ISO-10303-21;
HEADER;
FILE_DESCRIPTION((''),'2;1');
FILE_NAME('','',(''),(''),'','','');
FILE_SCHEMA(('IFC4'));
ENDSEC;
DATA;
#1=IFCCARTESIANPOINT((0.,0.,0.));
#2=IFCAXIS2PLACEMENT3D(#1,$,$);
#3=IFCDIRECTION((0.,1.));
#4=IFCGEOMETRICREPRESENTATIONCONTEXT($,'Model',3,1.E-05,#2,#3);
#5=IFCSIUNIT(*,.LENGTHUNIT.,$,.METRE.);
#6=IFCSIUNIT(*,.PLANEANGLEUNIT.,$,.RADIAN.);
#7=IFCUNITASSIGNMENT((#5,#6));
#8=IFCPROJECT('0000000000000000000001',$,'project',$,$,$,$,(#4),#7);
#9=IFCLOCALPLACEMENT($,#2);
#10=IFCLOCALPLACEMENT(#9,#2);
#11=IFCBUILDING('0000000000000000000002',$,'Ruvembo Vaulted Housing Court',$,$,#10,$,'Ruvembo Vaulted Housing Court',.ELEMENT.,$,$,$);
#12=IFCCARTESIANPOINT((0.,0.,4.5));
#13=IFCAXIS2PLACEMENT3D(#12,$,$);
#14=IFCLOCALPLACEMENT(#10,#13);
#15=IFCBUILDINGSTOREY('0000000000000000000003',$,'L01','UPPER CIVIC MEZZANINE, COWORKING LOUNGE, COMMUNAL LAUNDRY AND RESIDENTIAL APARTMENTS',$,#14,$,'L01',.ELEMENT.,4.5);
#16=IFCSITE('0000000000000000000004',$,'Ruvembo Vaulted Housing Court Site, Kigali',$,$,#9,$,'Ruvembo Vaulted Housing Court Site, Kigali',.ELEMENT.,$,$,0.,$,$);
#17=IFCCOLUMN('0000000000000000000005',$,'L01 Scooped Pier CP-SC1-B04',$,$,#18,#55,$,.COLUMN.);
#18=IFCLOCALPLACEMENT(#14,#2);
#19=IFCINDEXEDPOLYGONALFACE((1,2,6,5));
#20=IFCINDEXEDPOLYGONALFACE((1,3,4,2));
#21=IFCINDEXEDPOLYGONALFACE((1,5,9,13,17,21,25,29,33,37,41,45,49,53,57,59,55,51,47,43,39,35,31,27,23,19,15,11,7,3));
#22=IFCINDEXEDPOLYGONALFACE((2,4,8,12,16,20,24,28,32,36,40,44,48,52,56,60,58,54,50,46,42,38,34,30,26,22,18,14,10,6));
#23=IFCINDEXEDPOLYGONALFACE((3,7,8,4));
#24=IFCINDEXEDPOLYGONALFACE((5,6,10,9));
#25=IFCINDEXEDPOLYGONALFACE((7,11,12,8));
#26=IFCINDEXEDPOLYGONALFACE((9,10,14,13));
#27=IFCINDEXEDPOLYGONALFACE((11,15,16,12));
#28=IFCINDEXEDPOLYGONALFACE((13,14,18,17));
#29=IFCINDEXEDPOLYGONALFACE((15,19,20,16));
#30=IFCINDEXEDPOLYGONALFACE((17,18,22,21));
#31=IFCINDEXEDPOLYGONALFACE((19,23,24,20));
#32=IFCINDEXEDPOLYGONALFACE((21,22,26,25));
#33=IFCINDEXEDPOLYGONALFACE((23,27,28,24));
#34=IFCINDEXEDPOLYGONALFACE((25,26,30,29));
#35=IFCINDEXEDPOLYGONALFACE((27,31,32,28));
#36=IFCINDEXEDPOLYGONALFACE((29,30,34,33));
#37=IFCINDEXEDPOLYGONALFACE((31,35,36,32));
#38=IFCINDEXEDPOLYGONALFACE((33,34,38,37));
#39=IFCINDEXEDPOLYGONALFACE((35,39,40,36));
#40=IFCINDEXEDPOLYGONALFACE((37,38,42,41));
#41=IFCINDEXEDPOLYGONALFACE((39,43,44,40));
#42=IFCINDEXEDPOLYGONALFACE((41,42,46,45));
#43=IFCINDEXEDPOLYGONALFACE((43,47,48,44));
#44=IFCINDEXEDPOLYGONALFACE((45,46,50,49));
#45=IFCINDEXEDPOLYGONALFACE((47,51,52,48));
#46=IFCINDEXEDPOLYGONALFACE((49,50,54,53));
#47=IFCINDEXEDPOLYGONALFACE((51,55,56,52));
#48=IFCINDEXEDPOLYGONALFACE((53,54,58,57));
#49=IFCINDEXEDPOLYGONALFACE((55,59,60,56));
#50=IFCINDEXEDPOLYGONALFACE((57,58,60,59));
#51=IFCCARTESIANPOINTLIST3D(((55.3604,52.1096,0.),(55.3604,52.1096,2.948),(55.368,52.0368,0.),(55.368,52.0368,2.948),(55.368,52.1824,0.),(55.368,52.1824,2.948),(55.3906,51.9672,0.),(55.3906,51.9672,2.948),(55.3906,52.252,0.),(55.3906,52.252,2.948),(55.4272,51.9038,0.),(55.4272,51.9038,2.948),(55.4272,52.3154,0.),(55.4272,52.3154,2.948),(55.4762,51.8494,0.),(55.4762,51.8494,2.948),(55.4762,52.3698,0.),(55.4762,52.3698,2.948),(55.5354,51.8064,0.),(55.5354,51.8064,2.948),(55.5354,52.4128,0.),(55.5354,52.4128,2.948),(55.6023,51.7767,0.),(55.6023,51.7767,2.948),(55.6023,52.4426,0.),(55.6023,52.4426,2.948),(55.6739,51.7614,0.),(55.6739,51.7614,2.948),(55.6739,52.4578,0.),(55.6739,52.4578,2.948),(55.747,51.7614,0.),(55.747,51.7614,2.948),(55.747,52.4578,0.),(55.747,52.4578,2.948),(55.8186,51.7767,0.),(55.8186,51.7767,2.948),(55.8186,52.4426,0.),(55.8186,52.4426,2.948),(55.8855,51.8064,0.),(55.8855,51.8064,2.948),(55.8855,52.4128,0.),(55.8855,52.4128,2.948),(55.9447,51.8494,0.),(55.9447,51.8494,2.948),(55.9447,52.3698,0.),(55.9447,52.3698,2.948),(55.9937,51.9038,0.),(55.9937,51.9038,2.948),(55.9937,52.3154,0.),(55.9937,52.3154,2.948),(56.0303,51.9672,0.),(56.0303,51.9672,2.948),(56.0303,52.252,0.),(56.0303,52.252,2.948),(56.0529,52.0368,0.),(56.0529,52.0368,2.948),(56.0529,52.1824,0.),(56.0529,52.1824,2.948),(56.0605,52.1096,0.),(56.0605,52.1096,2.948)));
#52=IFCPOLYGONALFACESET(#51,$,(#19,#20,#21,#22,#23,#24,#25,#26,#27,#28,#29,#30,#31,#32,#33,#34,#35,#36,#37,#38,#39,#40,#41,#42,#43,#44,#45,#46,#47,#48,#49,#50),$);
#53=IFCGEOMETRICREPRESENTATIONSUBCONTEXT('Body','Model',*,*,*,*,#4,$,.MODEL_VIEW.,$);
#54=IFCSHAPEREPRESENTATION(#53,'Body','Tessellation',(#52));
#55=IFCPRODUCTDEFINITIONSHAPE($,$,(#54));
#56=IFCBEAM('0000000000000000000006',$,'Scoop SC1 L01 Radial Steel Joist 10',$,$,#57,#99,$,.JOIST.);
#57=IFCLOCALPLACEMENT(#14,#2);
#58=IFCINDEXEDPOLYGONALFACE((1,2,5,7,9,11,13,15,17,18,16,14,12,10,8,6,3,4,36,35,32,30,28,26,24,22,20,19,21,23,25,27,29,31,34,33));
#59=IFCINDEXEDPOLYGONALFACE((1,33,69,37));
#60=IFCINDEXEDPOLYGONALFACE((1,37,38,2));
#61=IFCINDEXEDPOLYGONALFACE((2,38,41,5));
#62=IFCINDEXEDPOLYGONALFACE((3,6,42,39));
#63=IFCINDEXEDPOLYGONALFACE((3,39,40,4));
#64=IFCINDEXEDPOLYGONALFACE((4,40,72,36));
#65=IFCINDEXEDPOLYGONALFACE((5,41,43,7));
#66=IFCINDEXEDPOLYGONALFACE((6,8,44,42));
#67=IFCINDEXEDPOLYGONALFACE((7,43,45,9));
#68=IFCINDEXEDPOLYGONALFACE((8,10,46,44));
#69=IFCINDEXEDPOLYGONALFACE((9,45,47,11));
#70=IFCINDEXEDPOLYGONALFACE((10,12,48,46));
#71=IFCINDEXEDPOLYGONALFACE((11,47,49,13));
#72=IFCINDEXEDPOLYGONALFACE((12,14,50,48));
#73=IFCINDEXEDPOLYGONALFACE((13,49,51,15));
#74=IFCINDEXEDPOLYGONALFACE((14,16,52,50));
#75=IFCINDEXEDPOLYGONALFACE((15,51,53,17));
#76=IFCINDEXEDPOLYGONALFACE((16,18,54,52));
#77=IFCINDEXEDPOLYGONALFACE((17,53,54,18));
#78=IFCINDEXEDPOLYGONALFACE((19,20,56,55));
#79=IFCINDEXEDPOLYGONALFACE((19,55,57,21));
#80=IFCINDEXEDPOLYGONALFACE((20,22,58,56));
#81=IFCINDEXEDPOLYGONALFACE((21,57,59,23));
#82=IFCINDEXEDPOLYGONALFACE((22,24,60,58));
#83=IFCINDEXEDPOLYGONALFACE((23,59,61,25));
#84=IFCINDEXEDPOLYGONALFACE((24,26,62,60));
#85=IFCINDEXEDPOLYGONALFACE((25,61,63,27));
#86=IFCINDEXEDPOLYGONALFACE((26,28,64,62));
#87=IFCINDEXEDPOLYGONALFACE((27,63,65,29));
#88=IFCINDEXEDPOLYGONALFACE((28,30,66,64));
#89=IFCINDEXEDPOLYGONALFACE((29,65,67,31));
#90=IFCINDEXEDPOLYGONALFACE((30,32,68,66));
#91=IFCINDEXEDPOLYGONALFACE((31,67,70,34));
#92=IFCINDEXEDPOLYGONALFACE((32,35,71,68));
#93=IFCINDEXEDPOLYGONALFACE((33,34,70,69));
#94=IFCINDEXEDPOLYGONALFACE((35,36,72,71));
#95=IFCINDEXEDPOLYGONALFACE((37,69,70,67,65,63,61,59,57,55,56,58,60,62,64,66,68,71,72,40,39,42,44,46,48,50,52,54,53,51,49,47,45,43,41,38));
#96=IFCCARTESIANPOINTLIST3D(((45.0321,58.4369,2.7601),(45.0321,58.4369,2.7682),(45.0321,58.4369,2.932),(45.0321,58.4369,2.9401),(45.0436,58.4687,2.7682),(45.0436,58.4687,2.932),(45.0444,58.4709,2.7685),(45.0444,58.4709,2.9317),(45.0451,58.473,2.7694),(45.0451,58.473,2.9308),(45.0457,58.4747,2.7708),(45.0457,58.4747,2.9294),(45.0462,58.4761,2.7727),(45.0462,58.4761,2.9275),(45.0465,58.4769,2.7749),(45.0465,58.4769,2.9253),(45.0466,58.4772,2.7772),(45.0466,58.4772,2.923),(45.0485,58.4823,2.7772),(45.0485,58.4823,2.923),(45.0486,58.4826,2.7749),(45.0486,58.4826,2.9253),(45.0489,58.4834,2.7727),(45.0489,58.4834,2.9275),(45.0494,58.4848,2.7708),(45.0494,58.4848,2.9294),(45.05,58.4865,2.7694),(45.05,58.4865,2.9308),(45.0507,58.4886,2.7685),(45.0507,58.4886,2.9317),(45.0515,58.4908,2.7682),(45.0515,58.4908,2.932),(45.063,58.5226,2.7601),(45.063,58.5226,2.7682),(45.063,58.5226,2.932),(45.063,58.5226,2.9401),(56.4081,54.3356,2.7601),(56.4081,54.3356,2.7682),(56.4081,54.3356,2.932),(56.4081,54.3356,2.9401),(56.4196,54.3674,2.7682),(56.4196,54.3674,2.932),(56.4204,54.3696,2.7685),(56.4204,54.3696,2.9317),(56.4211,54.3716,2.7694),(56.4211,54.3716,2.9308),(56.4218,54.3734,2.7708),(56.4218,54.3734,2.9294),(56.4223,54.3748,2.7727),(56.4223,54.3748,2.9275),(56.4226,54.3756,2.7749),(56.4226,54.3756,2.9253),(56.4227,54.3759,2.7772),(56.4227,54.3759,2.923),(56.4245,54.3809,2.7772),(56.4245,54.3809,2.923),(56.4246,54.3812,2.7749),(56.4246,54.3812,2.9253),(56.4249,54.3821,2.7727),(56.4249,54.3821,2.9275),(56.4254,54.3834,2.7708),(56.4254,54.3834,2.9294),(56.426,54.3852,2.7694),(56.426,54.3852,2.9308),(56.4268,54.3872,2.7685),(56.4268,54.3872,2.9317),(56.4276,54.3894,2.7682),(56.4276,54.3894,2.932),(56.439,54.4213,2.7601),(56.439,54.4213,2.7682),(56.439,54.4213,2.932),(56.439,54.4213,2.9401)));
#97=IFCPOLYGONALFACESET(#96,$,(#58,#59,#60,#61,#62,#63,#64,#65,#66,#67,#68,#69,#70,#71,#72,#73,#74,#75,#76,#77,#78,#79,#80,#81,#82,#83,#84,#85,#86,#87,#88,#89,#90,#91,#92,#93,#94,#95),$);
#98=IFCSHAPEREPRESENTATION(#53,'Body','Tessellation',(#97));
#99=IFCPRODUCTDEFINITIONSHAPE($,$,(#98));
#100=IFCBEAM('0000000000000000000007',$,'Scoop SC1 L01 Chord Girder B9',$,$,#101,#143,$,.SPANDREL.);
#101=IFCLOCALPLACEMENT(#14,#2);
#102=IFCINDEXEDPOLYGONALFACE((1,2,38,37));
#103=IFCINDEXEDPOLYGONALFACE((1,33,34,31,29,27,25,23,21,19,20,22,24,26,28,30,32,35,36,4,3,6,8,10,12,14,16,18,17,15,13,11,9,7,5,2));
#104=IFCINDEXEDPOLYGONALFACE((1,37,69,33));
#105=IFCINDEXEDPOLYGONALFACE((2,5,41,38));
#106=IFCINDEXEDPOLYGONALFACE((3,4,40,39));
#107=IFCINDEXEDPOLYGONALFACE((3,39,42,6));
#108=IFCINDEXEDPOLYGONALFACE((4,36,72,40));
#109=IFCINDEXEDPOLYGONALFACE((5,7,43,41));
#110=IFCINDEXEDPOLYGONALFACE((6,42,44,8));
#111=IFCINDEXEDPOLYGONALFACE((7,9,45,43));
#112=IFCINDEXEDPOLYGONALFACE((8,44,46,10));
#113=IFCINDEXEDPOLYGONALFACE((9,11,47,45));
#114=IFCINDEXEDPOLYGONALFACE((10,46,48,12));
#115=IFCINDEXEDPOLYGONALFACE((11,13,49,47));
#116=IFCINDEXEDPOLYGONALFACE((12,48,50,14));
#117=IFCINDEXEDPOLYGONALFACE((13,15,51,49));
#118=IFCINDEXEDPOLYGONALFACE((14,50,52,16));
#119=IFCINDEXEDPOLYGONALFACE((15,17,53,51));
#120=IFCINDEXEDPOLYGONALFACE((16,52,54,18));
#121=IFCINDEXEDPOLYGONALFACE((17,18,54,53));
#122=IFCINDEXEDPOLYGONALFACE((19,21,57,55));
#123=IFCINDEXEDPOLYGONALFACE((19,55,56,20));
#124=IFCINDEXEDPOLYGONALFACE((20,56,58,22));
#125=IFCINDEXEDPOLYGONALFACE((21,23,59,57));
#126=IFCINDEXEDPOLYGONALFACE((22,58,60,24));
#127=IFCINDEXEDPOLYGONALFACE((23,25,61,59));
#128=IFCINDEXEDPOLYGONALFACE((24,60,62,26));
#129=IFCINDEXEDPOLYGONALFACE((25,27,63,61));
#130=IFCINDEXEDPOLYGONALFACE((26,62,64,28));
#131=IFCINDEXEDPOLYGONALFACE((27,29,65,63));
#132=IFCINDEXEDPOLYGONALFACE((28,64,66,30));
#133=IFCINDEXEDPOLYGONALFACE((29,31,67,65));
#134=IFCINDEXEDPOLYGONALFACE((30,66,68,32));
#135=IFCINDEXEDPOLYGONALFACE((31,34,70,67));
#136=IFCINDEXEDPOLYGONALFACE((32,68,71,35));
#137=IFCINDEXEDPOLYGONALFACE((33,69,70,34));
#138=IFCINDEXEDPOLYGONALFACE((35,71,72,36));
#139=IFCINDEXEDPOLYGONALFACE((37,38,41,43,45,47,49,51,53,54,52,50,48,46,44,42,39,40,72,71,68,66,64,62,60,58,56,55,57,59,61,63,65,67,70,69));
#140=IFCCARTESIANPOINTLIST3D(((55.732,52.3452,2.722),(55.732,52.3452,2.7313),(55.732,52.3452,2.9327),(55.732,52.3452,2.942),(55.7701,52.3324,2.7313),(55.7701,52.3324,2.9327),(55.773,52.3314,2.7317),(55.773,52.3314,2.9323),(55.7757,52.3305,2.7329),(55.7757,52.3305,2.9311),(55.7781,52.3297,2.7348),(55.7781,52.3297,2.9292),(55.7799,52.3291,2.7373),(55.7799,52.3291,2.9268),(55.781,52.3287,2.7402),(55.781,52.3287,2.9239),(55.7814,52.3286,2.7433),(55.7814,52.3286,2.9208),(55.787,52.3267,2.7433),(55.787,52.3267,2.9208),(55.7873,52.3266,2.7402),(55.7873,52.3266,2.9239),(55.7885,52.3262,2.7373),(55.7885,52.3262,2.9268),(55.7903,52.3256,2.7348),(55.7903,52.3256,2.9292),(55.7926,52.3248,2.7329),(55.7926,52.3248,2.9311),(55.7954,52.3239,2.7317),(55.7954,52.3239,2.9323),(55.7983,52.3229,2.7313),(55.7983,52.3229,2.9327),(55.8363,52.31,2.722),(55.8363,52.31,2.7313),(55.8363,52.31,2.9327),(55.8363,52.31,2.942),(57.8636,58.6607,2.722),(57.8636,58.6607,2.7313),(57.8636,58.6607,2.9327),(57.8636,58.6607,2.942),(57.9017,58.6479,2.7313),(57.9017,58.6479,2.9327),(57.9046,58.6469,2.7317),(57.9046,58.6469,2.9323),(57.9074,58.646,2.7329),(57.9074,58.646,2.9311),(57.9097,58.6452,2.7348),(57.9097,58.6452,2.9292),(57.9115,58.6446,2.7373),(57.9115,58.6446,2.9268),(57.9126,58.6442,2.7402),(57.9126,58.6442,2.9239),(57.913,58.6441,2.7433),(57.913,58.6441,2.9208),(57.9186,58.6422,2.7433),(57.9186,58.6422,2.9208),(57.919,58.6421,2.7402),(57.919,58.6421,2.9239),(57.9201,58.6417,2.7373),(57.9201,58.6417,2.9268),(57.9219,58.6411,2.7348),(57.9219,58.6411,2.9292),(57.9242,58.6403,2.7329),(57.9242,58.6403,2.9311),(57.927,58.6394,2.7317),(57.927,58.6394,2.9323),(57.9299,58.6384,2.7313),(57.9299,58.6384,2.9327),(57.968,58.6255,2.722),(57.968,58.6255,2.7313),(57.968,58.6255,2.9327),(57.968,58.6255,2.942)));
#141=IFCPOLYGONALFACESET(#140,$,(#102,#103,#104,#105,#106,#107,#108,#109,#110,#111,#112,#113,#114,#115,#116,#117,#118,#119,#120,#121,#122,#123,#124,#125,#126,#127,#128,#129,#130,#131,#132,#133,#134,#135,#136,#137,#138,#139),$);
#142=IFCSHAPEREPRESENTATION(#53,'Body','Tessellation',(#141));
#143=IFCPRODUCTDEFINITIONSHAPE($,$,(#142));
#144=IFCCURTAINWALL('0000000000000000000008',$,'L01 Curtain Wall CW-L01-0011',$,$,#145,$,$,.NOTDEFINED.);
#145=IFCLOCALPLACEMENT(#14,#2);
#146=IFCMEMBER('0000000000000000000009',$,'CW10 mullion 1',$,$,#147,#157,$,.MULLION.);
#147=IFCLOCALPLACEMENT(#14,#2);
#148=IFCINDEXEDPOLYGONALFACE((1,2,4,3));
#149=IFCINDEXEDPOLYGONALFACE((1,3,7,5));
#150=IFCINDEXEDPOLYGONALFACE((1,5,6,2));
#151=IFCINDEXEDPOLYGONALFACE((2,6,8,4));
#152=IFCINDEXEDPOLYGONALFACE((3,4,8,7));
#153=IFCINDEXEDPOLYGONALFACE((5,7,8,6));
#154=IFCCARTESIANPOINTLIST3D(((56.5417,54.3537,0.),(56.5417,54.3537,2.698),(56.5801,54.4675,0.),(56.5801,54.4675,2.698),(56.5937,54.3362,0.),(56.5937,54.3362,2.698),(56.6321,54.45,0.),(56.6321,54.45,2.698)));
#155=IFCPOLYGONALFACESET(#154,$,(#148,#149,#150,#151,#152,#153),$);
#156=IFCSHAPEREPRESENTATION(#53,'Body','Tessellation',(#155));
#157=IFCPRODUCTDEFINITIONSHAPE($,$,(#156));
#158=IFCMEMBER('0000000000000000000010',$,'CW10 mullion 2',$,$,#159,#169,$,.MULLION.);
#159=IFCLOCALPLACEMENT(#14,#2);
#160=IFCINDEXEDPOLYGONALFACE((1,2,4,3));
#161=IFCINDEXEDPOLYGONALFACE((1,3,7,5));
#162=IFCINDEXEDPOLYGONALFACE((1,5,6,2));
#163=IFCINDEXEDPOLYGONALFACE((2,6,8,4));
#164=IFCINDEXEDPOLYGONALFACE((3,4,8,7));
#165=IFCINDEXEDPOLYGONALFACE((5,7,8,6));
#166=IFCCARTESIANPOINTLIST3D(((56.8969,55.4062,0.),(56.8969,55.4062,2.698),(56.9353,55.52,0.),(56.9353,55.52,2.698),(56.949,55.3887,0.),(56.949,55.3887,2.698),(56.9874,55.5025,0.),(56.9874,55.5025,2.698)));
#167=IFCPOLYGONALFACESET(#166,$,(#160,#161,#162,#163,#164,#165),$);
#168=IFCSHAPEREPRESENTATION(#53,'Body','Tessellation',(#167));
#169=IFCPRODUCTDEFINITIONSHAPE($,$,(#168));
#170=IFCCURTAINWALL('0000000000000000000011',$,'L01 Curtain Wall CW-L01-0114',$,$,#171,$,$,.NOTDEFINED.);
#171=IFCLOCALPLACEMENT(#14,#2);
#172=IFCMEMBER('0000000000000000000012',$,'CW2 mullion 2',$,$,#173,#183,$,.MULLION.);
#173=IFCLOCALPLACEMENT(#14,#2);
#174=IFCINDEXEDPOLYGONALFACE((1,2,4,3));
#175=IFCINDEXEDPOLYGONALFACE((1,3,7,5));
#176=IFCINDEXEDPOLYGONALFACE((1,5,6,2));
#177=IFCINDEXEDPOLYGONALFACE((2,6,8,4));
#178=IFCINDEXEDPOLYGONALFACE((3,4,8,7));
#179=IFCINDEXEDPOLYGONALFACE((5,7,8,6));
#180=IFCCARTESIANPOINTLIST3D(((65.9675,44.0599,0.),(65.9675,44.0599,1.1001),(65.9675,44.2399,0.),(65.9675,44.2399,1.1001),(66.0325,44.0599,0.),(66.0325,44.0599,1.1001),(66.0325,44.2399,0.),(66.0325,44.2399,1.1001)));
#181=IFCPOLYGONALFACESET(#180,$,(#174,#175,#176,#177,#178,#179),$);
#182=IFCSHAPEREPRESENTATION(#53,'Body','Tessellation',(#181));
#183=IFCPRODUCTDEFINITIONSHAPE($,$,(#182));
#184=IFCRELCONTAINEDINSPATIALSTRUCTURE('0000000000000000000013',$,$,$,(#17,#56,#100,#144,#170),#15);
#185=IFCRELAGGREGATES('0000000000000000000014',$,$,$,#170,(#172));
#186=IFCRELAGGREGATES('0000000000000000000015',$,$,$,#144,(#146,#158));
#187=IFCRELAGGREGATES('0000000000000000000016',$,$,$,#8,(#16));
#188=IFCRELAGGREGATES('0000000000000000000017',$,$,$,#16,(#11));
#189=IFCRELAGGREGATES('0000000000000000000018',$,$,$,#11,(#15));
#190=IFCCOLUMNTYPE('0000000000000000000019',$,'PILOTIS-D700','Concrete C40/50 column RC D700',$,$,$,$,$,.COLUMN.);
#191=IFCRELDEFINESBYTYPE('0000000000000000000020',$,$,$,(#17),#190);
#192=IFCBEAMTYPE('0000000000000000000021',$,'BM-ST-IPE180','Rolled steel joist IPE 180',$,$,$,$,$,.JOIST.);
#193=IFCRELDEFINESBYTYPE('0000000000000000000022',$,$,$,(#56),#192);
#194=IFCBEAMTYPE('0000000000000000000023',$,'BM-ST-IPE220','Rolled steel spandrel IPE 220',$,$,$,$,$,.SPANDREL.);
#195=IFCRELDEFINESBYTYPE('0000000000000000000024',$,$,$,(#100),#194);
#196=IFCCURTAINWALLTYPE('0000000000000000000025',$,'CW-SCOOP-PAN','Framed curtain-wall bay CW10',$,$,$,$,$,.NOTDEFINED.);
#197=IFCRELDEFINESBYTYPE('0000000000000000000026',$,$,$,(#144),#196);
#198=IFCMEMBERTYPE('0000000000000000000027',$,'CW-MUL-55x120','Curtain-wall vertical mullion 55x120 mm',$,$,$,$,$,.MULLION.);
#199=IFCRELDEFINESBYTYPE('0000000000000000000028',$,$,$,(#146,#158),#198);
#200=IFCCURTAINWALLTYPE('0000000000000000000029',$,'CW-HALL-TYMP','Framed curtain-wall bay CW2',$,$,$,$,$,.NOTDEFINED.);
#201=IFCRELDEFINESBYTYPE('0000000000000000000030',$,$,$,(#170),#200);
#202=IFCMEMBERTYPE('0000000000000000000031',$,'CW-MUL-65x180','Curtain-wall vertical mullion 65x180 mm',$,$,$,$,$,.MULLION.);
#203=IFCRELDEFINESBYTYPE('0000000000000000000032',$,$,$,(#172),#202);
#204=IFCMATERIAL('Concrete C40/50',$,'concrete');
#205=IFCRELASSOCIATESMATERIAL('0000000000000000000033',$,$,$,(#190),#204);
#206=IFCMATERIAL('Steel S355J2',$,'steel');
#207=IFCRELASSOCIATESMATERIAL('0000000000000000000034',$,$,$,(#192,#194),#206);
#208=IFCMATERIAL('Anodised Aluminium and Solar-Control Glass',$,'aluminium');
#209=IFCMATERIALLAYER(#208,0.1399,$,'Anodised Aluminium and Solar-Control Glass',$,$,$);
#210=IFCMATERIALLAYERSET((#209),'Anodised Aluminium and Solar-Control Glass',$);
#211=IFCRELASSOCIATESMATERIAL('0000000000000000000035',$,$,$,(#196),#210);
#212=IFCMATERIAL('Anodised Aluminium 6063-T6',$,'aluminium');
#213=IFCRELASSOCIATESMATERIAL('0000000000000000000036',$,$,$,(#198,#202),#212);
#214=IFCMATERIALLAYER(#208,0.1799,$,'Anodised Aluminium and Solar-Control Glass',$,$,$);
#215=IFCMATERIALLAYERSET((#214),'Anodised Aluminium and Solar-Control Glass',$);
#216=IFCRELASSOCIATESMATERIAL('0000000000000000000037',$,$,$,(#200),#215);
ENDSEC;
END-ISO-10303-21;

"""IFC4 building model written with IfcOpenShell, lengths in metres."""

from ifc_helpers import new_model, si_unit, direction, frame, origin, origin_2d, place, context, subcontext, project, spatial, rectangle, circle, i_section, extrude, material, layer, layer_set, material_profile, profile_set, type_object, element, aggregate, save


model = new_model("IFC4")

# Units and contexts
model_context = context("Model", 3, precision=1e-05, world=origin(), true_north=direction((0.0, 1.0)))
body_context = subcontext(model_context, "Body", "Model", "MODEL_VIEW")
ifc_project = project(units=[si_unit("LENGTHUNIT", "METRE"), si_unit("PLANEANGLEUNIT", "RADIAN")], contexts=[model_context])

# Site, building, storey
site_placement = place(None, origin())
site = spatial("IfcSite", under=ifc_project, at=site_placement, Name="Ruvembo Vaulted Housing Court Site, Kigali", LongName="Ruvembo Vaulted Housing Court Site, Kigali", CompositionType="ELEMENT", RefElevation=0.0)
building_placement = place(site_placement, origin())
building = spatial("IfcBuilding", under=site, at=building_placement, Name="Ruvembo Vaulted Housing Court", LongName="Ruvembo Vaulted Housing Court", CompositionType="ELEMENT")
storey_placement = place(building_placement, frame((0.0, 0.0, 4.5)))
storey = spatial("IfcBuildingStorey", under=building, at=storey_placement, Name="L01", Description="UPPER CIVIC MEZZANINE, COWORKING LOUNGE, COMMUNAL LAUNDRY AND RESIDENTIAL APARTMENTS", LongName="L01", CompositionType="ELEMENT", Elevation=4.5)

# Column
ifc_material_1 = material(Name="Concrete C40/50", Category="concrete")
ifc_material_profile_1 = material_profile(ifc_material_1, circle(Radius=0.3501, at=origin_2d()), Name="RC D700")
ifc_profile_set_1 = profile_set([ifc_material_profile_1], Name="Concrete C40/50")
column_type = type_object("IfcColumnType", Name="PILOTIS-D700", Description="Concrete C40/50 column RC D700", PredefinedType="COLUMN", material=ifc_profile_set_1)
column_placement = place(storey_placement, frame((55.7104, 52.1096, 0.0), z_axis=(0.0, 0.0, 1.0), x_axis=(1.0, 0.0, 0.0)))
element("IfcColumn", 1, at=column_placement, inside=storey, type_object=column_type, Name="L01 Scooped Pier CP-SC1-B04", PredefinedType="COLUMN", context=body_context, shape_type="SweptSolid", body=[
    extrude(circle(Radius=0.3501, at=origin_2d()), origin(), (0.0, 0.0, 1.0), 2.948),
])

# Beams
ifc_material_2 = material(Name="Steel S355J2", Category="steel")
ifc_material_profile_2 = material_profile(ifc_material_2, i_section(OverallWidth=0.0911, OverallDepth=0.1799, WebThickness=0.0054, FlangeThickness=0.0081, FilletRadius=0.009, at=origin_2d()), Name="IPE 180")
ifc_profile_set_2 = profile_set([ifc_material_profile_2], Name="Steel S355J2")
beam_type_1 = type_object("IfcBeamType", Name="BM-ST-IPE180", Description="Rolled steel joist IPE 180", PredefinedType="JOIST", material=ifc_profile_set_2)
beam_1_placement = place(storey_placement, frame((56.4236, 54.3784, 2.8501), z_axis=(-0.94073, 0.339156, 0.0), x_axis=(-0.339156, -0.94073, 0.0)))
element("IfcBeam", 2, at=beam_1_placement, inside=storey, type_object=beam_type_1, Name="Scoop SC1 L01 Radial Steel Joist 10", PredefinedType="JOIST", context=body_context, shape_type="SweptSolid", body=[
    extrude(i_section(OverallWidth=0.0911, OverallDepth=0.1799, WebThickness=0.0054, FlangeThickness=0.0081, FilletRadius=0.009, at=origin_2d()), origin(), (0.0, 0.0, 1.0), 12.0928),
])
ifc_material_profile_3 = material_profile(ifc_material_2, i_section(OverallWidth=0.1101, OverallDepth=0.22, WebThickness=0.0059, FlangeThickness=0.0093, FilletRadius=0.012, at=origin_2d()), Name="IPE 220")
ifc_profile_set_3 = profile_set([ifc_material_profile_3], Name="Steel S355J2")
beam_type_2 = type_object("IfcBeamType", Name="BM-ST-IPE220", Description="Rolled steel spandrel IPE 220", PredefinedType="SPANDREL", material=ifc_profile_set_3)
beam_2_placement = place(storey_placement, frame((55.7842, 52.3276, 2.832), z_axis=(0.319797, 0.947486, 0.0), x_axis=(-0.947486, 0.319797, 0.0)))
element("IfcBeam", 3, at=beam_2_placement, inside=storey, type_object=beam_type_2, Name="Scoop SC1 L01 Chord Girder B9", PredefinedType="SPANDREL", context=body_context, shape_type="SweptSolid", body=[
    extrude(i_section(OverallWidth=0.1101, OverallDepth=0.22, WebThickness=0.0059, FlangeThickness=0.0093, FilletRadius=0.012, at=origin_2d()), origin(), (0.0, 0.0, 1.0), 6.6655),
])

# Curtain walls, members
ifc_material_3 = material(Name="Anodised Aluminium and Solar-Control Glass", Category="aluminium")
ifc_layer_1 = layer(ifc_material_3, 0.1399, Name="Anodised Aluminium and Solar-Control Glass")
ifc_layer_set_1 = layer_set([ifc_layer_1], Name="Anodised Aluminium and Solar-Control Glass")
curtain_wall_type_1 = type_object("IfcCurtainWallType", Name="CW-SCOOP-PAN", Description="Framed curtain-wall bay CW10", PredefinedType="NOTDEFINED", material=ifc_layer_set_1)
curtain_wall_1_placement = place(storey_placement, origin())
curtain_wall_1 = element("IfcCurtainWall", 4, at=curtain_wall_1_placement, inside=storey, type_object=curtain_wall_type_1, Name="L01 Curtain Wall CW-L01-0011", PredefinedType="NOTDEFINED")
ifc_material_4 = material(Name="Anodised Aluminium 6063-T6", Category="aluminium")
ifc_material_profile_4 = material_profile(ifc_material_4, rectangle(XDim=0.0549, YDim=0.1201, at=origin_2d()), Name="ALU 55x120")
ifc_profile_set_4 = profile_set([ifc_material_profile_4], Name="Anodised Aluminium 6063-T6")
member_type_1 = type_object("IfcMemberType", Name="CW-MUL-55x120", Description="Curtain-wall vertical mullion 55x120 mm", PredefinedType="MULLION", material=ifc_profile_set_4)
member_1_placement = place(storey_placement, frame((56.5869, 54.4019, 0.0), z_axis=(0.0, 0.0, 1.0), x_axis=(-0.947473, 0.319836, 0.0)))
member_1 = element("IfcMember", 5, at=member_1_placement, type_object=member_type_1, Name="CW10 mullion 1", PredefinedType="MULLION", context=body_context, shape_type="SweptSolid", body=[
    extrude(rectangle(XDim=0.0549, YDim=0.1201, at=origin_2d()), origin(), (0.0, 0.0, 1.0), 2.698),
])
member_2_placement = place(storey_placement, frame((56.9421, 55.4543, 0.0), z_axis=(0.0, 0.0, 1.0), x_axis=(-0.947473, 0.319836, 0.0)))
member_2 = element("IfcMember", 6, at=member_2_placement, type_object=member_type_1, Name="CW10 mullion 2", PredefinedType="MULLION", context=body_context, shape_type="SweptSolid", body=[
    extrude(rectangle(XDim=0.0549, YDim=0.1201, at=origin_2d()), origin(), (0.0, 0.0, 1.0), 2.698),
])
ifc_layer_2 = layer(ifc_material_3, 0.1799, Name="Anodised Aluminium and Solar-Control Glass")
ifc_layer_set_2 = layer_set([ifc_layer_2], Name="Anodised Aluminium and Solar-Control Glass")
curtain_wall_type_2 = type_object("IfcCurtainWallType", Name="CW-HALL-TYMP", Description="Framed curtain-wall bay CW2", PredefinedType="NOTDEFINED", material=ifc_layer_set_2)
curtain_wall_2_placement = place(storey_placement, origin())
curtain_wall_2 = element("IfcCurtainWall", 7, at=curtain_wall_2_placement, inside=storey, type_object=curtain_wall_type_2, Name="L01 Curtain Wall CW-L01-0114", PredefinedType="NOTDEFINED")
ifc_material_profile_5 = material_profile(ifc_material_4, rectangle(XDim=0.0649, YDim=0.1799, at=origin_2d()), Name="ALU 65x180")
ifc_profile_set_5 = profile_set([ifc_material_profile_5], Name="Anodised Aluminium 6063-T6")
member_type_2 = type_object("IfcMemberType", Name="CW-MUL-65x180", Description="Curtain-wall vertical mullion 65x180 mm", PredefinedType="MULLION", material=ifc_profile_set_5)
member_3_placement = place(storey_placement, frame((66.0, 44.1499, 0.0), z_axis=(0.0, 0.0, 1.0), x_axis=(-1.0, 0.0, 0.0)))
member_3 = element("IfcMember", 8, at=member_3_placement, type_object=member_type_2, Name="CW2 mullion 2", PredefinedType="MULLION", context=body_context, shape_type="SweptSolid", body=[
    extrude(rectangle(XDim=0.0649, YDim=0.1799, at=origin_2d()), origin(), (0.0, 0.0, 1.0), 1.1001),
])

aggregate(curtain_wall_2, [member_3])
aggregate(curtain_wall_1, [member_1, member_2])

save(model, "model.ifc")
